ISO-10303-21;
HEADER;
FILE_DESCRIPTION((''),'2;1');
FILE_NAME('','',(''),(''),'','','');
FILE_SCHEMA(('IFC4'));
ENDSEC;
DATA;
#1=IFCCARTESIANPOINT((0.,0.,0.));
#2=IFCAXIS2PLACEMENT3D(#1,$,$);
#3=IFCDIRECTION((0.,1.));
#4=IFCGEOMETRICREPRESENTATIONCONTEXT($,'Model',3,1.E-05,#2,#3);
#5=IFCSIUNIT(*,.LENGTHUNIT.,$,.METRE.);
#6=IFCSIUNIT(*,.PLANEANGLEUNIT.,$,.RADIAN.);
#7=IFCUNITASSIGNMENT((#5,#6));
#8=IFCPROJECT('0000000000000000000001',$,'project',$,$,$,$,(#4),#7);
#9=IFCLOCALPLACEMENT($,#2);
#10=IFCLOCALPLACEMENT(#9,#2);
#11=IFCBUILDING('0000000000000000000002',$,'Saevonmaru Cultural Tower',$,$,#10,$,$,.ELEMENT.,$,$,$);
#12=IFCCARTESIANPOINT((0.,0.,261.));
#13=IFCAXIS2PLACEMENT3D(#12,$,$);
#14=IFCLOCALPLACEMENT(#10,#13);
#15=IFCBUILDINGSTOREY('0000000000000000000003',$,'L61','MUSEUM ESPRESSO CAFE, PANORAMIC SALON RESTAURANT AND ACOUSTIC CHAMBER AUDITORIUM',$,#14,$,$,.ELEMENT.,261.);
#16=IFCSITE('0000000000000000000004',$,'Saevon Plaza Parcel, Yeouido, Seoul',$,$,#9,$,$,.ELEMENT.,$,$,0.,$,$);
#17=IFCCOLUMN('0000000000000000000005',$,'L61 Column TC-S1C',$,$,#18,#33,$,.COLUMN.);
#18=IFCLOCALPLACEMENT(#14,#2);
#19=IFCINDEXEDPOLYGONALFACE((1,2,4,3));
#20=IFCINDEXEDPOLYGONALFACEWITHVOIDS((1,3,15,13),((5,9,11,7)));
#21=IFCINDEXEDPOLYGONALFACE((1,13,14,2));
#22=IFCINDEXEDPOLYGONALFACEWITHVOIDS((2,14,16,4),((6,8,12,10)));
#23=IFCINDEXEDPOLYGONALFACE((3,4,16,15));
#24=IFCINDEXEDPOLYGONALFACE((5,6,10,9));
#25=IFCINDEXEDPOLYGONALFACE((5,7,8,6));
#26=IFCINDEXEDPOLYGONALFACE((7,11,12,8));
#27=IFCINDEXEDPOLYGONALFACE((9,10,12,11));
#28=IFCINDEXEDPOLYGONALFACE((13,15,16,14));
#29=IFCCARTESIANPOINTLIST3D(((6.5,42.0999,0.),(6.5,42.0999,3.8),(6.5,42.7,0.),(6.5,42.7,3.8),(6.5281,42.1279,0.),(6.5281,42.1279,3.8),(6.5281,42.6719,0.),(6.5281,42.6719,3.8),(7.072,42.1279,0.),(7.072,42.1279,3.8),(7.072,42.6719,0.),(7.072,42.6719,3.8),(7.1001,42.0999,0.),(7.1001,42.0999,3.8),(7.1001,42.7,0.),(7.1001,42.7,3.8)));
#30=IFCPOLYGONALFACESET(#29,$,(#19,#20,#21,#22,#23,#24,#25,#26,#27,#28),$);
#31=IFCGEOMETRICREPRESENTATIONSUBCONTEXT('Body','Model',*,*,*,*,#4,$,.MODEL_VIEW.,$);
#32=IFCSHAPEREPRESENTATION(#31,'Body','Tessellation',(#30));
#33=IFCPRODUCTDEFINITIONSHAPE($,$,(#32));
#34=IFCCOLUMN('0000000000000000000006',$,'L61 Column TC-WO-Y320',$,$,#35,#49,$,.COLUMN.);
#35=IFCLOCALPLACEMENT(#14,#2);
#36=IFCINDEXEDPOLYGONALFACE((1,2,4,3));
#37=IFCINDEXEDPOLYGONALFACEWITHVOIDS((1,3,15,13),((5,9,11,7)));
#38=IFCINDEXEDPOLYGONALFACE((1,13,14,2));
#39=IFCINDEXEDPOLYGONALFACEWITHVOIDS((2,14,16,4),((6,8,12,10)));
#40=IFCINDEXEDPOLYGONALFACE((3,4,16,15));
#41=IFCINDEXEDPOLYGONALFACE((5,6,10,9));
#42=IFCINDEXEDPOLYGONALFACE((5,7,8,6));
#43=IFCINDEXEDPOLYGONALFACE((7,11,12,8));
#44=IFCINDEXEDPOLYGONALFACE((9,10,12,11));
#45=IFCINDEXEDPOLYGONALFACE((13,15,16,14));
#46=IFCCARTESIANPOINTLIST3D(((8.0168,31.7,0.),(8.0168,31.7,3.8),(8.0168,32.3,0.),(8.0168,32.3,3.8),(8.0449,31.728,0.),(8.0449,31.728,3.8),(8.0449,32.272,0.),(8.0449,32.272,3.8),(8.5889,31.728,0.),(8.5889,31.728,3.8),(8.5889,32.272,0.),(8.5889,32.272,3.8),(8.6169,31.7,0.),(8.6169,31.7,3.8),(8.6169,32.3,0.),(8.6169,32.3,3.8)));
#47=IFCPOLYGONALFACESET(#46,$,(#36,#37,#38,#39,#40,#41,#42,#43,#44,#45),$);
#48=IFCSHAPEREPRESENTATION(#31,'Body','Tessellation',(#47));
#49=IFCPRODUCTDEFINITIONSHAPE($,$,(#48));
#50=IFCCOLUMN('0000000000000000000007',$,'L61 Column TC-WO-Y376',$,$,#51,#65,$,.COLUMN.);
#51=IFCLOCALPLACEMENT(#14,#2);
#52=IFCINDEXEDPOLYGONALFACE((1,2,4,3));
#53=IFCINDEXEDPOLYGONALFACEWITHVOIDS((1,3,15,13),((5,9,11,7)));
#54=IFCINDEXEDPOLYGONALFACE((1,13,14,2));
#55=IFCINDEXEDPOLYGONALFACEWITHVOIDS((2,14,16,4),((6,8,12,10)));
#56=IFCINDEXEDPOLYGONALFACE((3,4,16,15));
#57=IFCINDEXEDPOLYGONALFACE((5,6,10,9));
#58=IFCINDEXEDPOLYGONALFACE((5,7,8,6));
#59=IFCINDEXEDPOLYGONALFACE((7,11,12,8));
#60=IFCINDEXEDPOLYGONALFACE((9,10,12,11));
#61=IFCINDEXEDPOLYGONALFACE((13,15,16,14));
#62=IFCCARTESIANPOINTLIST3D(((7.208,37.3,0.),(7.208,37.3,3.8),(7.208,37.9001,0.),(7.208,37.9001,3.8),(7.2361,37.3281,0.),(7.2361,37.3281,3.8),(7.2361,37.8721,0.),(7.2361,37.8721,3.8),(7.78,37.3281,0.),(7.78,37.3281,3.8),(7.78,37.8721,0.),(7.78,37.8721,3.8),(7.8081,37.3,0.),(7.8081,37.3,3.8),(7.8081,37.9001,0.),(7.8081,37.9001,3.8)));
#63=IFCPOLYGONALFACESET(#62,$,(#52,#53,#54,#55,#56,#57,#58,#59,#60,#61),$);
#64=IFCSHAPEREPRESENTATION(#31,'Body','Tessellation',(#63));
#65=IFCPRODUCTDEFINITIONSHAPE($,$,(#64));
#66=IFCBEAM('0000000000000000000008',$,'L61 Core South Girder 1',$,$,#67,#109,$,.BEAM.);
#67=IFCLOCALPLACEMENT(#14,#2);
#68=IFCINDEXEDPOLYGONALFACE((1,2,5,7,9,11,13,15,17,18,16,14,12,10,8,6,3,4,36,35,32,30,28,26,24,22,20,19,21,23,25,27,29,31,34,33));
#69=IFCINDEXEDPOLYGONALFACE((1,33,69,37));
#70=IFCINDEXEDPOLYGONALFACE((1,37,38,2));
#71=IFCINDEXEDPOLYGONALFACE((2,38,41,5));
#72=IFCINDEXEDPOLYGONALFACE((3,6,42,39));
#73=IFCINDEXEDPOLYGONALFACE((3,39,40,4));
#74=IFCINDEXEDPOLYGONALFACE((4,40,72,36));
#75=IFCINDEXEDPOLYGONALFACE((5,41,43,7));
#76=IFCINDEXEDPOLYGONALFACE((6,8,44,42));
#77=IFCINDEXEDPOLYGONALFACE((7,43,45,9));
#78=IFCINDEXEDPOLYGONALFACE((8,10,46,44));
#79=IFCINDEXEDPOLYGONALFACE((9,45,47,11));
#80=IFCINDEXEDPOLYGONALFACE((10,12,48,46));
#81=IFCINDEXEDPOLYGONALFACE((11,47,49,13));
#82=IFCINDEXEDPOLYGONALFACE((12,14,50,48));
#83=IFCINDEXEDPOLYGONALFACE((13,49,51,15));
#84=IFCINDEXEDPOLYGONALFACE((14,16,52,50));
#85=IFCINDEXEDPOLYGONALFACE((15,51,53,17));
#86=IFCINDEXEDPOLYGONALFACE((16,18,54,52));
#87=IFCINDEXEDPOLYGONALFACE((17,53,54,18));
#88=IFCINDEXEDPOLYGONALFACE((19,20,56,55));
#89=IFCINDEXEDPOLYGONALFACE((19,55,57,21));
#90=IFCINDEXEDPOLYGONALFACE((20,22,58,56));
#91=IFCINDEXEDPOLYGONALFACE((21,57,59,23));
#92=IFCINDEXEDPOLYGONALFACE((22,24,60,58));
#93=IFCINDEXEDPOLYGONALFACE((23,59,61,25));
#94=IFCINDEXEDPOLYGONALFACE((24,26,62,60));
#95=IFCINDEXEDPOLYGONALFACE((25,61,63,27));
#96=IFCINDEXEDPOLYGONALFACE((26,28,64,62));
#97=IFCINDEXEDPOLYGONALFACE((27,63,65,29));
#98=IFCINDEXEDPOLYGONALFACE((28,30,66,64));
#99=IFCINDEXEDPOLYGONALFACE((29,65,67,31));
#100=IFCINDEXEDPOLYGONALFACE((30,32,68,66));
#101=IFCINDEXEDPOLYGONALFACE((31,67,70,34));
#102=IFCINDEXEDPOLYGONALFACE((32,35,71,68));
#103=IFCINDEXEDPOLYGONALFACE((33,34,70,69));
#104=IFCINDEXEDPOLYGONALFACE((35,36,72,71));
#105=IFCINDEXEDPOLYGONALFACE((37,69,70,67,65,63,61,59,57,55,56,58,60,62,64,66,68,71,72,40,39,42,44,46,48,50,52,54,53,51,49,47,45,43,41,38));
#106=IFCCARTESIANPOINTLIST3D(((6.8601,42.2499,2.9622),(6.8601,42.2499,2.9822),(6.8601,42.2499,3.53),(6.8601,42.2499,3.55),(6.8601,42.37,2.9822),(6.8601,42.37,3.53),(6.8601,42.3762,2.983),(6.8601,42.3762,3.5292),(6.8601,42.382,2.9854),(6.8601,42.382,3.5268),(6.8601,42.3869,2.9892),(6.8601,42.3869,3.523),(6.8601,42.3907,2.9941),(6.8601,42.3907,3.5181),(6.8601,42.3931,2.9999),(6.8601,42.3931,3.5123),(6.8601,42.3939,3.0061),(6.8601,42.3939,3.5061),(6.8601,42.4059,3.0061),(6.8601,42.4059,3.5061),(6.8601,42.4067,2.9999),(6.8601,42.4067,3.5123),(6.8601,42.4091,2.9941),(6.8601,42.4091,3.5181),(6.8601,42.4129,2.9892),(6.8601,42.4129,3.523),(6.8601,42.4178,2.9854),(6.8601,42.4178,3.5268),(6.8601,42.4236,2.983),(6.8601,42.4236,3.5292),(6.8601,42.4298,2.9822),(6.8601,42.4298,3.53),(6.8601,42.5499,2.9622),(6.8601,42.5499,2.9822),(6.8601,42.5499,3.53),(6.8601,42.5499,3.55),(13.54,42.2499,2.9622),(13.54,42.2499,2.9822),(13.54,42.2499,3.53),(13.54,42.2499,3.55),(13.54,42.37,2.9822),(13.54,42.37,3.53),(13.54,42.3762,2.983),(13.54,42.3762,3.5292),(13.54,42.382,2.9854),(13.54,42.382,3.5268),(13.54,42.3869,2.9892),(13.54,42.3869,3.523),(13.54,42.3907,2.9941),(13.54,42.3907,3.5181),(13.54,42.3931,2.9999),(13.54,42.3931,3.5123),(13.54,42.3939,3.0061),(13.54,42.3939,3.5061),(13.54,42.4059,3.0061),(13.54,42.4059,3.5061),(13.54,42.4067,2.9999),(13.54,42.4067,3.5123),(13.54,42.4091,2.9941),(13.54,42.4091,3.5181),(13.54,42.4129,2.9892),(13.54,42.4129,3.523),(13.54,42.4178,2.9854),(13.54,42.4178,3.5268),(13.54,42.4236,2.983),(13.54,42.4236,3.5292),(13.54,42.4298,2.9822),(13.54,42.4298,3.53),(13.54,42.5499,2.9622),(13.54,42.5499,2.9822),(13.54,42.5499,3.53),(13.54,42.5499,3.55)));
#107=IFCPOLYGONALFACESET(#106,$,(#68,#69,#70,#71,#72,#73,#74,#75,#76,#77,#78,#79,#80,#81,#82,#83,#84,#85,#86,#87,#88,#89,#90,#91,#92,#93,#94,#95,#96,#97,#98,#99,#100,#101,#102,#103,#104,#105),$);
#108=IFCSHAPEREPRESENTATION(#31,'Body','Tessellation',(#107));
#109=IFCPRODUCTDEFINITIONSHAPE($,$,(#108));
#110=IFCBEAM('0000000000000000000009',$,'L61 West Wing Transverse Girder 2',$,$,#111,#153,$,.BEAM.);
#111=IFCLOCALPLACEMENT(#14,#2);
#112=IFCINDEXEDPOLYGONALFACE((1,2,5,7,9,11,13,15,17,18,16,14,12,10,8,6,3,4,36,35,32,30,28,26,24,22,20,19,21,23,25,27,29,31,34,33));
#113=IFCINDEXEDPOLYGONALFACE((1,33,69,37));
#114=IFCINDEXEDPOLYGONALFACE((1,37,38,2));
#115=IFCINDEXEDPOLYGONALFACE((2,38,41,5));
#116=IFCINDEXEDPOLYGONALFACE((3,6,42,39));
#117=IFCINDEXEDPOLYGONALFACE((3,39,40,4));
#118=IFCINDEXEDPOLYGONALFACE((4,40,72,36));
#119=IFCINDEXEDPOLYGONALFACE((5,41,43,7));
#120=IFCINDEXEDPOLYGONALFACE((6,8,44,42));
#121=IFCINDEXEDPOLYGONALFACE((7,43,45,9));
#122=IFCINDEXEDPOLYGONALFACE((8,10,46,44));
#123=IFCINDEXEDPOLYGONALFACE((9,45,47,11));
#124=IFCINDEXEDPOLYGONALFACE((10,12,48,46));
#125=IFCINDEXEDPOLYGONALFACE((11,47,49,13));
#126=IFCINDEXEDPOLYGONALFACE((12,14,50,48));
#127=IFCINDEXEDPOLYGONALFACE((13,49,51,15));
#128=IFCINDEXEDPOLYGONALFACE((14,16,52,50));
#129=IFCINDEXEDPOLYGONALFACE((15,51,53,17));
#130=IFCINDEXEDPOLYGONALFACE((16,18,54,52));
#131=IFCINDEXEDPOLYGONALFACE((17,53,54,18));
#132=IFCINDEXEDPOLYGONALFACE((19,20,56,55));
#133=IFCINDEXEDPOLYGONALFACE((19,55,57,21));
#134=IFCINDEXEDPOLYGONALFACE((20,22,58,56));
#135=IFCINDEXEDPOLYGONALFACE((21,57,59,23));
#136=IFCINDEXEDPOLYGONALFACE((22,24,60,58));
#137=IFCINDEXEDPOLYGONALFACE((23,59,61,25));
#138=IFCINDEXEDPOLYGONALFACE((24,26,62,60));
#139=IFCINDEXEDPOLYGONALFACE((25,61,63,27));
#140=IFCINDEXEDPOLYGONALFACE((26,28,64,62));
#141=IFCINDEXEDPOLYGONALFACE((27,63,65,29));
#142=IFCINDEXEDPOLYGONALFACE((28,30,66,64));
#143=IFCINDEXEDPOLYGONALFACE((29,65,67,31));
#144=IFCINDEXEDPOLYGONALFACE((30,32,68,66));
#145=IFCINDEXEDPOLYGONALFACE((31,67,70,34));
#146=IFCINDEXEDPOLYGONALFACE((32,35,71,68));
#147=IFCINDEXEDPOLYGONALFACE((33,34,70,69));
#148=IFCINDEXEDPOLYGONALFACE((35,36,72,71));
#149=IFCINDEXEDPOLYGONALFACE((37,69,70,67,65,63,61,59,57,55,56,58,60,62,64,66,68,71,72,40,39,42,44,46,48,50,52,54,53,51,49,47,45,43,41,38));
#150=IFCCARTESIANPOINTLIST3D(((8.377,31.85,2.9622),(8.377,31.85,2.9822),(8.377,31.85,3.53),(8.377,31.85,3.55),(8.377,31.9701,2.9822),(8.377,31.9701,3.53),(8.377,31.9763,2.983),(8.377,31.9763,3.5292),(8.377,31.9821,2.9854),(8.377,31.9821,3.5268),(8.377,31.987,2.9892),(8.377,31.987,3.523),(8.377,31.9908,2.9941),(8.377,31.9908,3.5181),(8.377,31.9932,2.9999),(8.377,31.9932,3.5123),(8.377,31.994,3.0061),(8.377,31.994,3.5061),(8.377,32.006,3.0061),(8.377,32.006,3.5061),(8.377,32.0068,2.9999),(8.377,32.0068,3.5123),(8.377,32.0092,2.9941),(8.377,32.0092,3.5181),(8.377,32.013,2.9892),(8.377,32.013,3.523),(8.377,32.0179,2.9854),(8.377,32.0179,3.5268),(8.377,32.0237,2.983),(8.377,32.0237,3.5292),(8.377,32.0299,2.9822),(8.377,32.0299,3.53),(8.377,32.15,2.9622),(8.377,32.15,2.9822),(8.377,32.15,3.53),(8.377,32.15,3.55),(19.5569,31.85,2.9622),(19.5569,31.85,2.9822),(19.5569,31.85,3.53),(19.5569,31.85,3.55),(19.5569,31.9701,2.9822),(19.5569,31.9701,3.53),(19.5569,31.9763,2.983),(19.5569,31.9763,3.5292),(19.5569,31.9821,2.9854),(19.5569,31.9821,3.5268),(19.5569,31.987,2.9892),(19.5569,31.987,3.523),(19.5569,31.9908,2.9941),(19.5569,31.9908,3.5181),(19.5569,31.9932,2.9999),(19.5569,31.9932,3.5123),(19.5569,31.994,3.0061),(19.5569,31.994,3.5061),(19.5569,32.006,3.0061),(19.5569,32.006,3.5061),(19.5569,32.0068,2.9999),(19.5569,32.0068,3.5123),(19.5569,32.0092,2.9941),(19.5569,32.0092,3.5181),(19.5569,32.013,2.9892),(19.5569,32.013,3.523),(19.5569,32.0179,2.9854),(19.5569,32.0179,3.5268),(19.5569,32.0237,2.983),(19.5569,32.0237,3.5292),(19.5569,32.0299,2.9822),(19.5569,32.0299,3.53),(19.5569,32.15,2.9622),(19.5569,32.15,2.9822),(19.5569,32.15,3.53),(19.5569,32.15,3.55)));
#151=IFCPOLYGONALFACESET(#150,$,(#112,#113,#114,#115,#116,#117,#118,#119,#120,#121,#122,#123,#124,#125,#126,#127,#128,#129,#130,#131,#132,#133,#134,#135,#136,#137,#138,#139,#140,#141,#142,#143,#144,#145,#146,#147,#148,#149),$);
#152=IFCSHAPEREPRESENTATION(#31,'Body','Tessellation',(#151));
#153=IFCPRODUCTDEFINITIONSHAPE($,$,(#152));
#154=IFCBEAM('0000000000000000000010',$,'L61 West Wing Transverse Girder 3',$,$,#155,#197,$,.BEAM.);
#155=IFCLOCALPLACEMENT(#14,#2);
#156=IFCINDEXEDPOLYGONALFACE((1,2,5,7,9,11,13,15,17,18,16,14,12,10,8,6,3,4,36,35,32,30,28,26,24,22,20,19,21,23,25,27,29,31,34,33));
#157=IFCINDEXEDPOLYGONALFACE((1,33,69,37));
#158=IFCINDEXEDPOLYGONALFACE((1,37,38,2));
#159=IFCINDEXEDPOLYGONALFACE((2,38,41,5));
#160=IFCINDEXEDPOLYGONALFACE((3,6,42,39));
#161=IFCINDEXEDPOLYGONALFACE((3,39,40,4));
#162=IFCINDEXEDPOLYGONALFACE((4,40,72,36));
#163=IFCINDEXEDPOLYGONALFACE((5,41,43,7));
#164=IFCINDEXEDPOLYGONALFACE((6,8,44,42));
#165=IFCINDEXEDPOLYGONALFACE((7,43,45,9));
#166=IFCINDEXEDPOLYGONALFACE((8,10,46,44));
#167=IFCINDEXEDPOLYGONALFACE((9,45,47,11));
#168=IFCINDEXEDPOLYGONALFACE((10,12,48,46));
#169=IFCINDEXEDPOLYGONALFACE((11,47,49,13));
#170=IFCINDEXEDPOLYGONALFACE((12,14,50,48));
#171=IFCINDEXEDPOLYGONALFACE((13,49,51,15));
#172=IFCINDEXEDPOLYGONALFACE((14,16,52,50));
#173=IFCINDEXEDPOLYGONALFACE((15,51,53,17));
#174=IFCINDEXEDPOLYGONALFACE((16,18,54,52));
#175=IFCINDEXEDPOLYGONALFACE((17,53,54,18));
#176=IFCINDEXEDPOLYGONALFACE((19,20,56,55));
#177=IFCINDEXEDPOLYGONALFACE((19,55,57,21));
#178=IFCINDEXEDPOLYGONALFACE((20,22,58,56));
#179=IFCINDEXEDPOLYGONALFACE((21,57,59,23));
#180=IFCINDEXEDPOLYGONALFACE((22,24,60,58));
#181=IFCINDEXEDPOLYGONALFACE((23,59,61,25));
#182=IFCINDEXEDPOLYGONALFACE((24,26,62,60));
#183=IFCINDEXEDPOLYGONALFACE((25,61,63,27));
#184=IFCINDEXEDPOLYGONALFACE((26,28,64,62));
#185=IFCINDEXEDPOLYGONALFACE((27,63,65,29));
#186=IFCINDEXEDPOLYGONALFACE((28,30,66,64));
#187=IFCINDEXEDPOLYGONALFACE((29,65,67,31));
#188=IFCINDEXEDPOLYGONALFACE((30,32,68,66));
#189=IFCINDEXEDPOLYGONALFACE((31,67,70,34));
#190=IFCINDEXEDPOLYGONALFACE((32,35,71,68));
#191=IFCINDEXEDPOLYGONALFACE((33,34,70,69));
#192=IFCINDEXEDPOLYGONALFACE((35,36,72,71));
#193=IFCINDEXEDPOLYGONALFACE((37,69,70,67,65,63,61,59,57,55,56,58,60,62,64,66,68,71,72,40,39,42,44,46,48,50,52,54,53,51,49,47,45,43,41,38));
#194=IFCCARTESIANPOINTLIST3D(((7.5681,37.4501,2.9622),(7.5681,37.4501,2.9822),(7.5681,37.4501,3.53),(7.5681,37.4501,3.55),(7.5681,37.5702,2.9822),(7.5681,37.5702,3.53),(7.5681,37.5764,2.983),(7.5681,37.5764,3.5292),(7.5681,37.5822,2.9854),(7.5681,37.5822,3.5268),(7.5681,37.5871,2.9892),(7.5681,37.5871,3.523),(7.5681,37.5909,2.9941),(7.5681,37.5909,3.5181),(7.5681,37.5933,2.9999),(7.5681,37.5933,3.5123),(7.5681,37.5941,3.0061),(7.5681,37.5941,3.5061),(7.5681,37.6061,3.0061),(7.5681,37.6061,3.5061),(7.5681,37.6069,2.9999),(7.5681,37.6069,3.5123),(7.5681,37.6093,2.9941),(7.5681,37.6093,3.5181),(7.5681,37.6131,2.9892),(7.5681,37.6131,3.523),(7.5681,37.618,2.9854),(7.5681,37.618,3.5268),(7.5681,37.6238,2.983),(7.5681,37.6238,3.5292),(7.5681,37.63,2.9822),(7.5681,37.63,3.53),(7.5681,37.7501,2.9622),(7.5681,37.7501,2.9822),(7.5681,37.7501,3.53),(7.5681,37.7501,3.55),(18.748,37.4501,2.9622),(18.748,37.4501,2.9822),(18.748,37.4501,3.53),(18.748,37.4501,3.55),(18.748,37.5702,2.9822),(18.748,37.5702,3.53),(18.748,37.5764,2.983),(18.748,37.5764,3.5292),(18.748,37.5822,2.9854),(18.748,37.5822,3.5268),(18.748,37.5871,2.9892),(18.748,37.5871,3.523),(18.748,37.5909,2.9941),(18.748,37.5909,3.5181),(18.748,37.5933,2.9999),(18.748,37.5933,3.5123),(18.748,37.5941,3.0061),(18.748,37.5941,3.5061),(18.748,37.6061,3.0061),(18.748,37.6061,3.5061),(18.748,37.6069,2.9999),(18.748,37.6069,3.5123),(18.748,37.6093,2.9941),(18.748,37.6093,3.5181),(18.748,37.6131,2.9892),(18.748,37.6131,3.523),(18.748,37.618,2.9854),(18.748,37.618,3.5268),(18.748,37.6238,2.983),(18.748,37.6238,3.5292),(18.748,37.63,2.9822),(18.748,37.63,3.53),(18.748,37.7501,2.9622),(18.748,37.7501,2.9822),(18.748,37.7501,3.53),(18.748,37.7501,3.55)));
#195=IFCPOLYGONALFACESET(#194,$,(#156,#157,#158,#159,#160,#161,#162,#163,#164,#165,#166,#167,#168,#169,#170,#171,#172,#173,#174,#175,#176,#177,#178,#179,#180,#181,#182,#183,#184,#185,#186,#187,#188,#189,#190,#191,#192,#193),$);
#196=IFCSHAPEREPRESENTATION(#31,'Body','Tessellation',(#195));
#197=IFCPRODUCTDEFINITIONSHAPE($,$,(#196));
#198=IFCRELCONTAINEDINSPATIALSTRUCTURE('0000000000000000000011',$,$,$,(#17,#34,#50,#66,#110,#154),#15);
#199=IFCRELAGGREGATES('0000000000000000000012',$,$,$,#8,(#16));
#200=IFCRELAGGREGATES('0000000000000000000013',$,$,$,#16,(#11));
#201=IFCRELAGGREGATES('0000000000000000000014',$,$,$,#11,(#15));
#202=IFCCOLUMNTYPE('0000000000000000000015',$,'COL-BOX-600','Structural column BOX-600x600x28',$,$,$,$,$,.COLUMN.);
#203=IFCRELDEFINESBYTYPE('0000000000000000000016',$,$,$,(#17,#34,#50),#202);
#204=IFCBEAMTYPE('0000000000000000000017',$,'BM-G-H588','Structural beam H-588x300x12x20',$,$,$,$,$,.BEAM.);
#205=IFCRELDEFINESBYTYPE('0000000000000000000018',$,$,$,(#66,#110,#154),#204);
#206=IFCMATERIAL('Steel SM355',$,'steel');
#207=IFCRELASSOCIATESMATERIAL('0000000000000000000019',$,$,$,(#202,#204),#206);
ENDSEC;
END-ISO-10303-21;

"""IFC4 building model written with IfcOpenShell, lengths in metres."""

from ifc_helpers import new_model, si_unit, direction, frame, origin, origin_2d, place, context, subcontext, project, spatial, hollow_rectangle, i_section, extrude, material, material_profile, profile_set, type_object, element, save


model = new_model("IFC4")

# Units and contexts
model_context = context("Model", 3, precision=1e-05, world=origin(), true_north=direction((0.0, 1.0)))
body_context = subcontext(model_context, "Body", "Model", "MODEL_VIEW")
ifc_project = project(units=[si_unit("LENGTHUNIT", "METRE"), si_unit("PLANEANGLEUNIT", "RADIAN")], contexts=[model_context])

# Site, building, storey
site_placement = place(None, origin())
site = spatial("IfcSite", under=ifc_project, at=site_placement, Name="Saevon Plaza Parcel, Yeouido, Seoul", CompositionType="ELEMENT", RefElevation=0.0)
building_placement = place(site_placement, origin())
building = spatial("IfcBuilding", under=site, at=building_placement, Name="Saevonmaru Cultural Tower", CompositionType="ELEMENT")
storey_placement = place(building_placement, frame((0.0, 0.0, 261.0)))
storey = spatial("IfcBuildingStorey", under=building, at=storey_placement, Name="L61", Description="MUSEUM ESPRESSO CAFE, PANORAMIC SALON RESTAURANT AND ACOUSTIC CHAMBER AUDITORIUM", CompositionType="ELEMENT", Elevation=261.0)

# Columns
ifc_material_1 = material(Name="Steel SM355", Category="steel")
ifc_material_profile_1 = material_profile(ifc_material_1, hollow_rectangle(XDim=0.6001, YDim=0.6001, WallThickness=0.0281, at=origin_2d()), Name="BOX-600x600x28")
ifc_profile_set_1 = profile_set([ifc_material_profile_1], Name="Steel SM355")
column_type = type_object("IfcColumnType", Name="COL-BOX-600", Description="Structural column BOX-600x600x28", PredefinedType="COLUMN", material=ifc_profile_set_1)
for number, where, z_axis, x_axis, name in (
    (1, (6.8, 42.3999, 0.0), (0.0, 0.0, 1.0), (1.0, 0.0, 0.0), "L61 Column TC-S1C"),
    (2, (8.3169, 32.0, 0.0), (0.0, 0.0, 1.0), (1.0, 0.0, 0.0), "L61 Column TC-WO-Y320"),
    (3, (7.5081, 37.6001, 0.0), (0.0, 0.0, 1.0), (1.0, 0.0, 0.0), "L61 Column TC-WO-Y376"),
):
    element("IfcColumn", number, at=place(storey_placement, frame(where, z_axis=z_axis, x_axis=x_axis)), inside=storey, type_object=column_type, Name=name, PredefinedType="COLUMN", context=body_context, shape_type="SweptSolid", body=[
        extrude(hollow_rectangle(XDim=0.6001, YDim=0.6001, WallThickness=0.0281, at=origin_2d()), origin(), (0.0, 0.0, 1.0), 3.8),
    ])

# Beams
ifc_material_profile_2 = material_profile(ifc_material_1, i_section(OverallWidth=0.3, OverallDepth=0.5879, WebThickness=0.012, FlangeThickness=0.02, FilletRadius=0.0239, at=origin_2d()), Name="H-588x300x12x20")
ifc_profile_set_2 = profile_set([ifc_material_profile_2], Name="Steel SM355")
beam_type_1 = type_object("IfcBeamType", Name="BM-G-H588", Description="Structural beam H-588x300x12x20", PredefinedType="BEAM", material=ifc_profile_set_2)
beam_1_placement = place(storey_placement, frame((6.8601, 42.3999, 3.2561), z_axis=(1.0, 0.0, 0.0), x_axis=(0.0, 1.0, 0.0)))
element("IfcBeam", 4, at=beam_1_placement, inside=storey, type_object=beam_type_1, Name="L61 Core South Girder 1", PredefinedType="BEAM", context=body_context, shape_type="SweptSolid", body=[
    extrude(i_section(OverallWidth=0.3, OverallDepth=0.5879, WebThickness=0.012, FlangeThickness=0.02, FilletRadius=0.0239, at=origin_2d()), origin(), (0.0, 0.0, 1.0), 6.6799),
])
for number, where, z_axis, x_axis, name in (
    (5, (8.377, 32.0, 3.2561), (1.0, 0.0, 0.0), (0.0, 1.0, 0.0), "L61 West Wing Transverse Girder 2"),
    (6, (7.5681, 37.6001, 3.2561), (1.0, 0.0, 0.0), (0.0, 1.0, 0.0), "L61 West Wing Transverse Girder 3"),
):
    element("IfcBeam", number, at=place(storey_placement, frame(where, z_axis=z_axis, x_axis=x_axis)), inside=storey, type_object=beam_type_1, Name=name, PredefinedType="BEAM", context=body_context, shape_type="SweptSolid", body=[
        extrude(i_section(OverallWidth=0.3, OverallDepth=0.5879, WebThickness=0.012, FlangeThickness=0.02, FilletRadius=0.0239, at=origin_2d()), origin(), (0.0, 0.0, 1.0), 11.1799),
    ])

save(model, "model.ifc")
